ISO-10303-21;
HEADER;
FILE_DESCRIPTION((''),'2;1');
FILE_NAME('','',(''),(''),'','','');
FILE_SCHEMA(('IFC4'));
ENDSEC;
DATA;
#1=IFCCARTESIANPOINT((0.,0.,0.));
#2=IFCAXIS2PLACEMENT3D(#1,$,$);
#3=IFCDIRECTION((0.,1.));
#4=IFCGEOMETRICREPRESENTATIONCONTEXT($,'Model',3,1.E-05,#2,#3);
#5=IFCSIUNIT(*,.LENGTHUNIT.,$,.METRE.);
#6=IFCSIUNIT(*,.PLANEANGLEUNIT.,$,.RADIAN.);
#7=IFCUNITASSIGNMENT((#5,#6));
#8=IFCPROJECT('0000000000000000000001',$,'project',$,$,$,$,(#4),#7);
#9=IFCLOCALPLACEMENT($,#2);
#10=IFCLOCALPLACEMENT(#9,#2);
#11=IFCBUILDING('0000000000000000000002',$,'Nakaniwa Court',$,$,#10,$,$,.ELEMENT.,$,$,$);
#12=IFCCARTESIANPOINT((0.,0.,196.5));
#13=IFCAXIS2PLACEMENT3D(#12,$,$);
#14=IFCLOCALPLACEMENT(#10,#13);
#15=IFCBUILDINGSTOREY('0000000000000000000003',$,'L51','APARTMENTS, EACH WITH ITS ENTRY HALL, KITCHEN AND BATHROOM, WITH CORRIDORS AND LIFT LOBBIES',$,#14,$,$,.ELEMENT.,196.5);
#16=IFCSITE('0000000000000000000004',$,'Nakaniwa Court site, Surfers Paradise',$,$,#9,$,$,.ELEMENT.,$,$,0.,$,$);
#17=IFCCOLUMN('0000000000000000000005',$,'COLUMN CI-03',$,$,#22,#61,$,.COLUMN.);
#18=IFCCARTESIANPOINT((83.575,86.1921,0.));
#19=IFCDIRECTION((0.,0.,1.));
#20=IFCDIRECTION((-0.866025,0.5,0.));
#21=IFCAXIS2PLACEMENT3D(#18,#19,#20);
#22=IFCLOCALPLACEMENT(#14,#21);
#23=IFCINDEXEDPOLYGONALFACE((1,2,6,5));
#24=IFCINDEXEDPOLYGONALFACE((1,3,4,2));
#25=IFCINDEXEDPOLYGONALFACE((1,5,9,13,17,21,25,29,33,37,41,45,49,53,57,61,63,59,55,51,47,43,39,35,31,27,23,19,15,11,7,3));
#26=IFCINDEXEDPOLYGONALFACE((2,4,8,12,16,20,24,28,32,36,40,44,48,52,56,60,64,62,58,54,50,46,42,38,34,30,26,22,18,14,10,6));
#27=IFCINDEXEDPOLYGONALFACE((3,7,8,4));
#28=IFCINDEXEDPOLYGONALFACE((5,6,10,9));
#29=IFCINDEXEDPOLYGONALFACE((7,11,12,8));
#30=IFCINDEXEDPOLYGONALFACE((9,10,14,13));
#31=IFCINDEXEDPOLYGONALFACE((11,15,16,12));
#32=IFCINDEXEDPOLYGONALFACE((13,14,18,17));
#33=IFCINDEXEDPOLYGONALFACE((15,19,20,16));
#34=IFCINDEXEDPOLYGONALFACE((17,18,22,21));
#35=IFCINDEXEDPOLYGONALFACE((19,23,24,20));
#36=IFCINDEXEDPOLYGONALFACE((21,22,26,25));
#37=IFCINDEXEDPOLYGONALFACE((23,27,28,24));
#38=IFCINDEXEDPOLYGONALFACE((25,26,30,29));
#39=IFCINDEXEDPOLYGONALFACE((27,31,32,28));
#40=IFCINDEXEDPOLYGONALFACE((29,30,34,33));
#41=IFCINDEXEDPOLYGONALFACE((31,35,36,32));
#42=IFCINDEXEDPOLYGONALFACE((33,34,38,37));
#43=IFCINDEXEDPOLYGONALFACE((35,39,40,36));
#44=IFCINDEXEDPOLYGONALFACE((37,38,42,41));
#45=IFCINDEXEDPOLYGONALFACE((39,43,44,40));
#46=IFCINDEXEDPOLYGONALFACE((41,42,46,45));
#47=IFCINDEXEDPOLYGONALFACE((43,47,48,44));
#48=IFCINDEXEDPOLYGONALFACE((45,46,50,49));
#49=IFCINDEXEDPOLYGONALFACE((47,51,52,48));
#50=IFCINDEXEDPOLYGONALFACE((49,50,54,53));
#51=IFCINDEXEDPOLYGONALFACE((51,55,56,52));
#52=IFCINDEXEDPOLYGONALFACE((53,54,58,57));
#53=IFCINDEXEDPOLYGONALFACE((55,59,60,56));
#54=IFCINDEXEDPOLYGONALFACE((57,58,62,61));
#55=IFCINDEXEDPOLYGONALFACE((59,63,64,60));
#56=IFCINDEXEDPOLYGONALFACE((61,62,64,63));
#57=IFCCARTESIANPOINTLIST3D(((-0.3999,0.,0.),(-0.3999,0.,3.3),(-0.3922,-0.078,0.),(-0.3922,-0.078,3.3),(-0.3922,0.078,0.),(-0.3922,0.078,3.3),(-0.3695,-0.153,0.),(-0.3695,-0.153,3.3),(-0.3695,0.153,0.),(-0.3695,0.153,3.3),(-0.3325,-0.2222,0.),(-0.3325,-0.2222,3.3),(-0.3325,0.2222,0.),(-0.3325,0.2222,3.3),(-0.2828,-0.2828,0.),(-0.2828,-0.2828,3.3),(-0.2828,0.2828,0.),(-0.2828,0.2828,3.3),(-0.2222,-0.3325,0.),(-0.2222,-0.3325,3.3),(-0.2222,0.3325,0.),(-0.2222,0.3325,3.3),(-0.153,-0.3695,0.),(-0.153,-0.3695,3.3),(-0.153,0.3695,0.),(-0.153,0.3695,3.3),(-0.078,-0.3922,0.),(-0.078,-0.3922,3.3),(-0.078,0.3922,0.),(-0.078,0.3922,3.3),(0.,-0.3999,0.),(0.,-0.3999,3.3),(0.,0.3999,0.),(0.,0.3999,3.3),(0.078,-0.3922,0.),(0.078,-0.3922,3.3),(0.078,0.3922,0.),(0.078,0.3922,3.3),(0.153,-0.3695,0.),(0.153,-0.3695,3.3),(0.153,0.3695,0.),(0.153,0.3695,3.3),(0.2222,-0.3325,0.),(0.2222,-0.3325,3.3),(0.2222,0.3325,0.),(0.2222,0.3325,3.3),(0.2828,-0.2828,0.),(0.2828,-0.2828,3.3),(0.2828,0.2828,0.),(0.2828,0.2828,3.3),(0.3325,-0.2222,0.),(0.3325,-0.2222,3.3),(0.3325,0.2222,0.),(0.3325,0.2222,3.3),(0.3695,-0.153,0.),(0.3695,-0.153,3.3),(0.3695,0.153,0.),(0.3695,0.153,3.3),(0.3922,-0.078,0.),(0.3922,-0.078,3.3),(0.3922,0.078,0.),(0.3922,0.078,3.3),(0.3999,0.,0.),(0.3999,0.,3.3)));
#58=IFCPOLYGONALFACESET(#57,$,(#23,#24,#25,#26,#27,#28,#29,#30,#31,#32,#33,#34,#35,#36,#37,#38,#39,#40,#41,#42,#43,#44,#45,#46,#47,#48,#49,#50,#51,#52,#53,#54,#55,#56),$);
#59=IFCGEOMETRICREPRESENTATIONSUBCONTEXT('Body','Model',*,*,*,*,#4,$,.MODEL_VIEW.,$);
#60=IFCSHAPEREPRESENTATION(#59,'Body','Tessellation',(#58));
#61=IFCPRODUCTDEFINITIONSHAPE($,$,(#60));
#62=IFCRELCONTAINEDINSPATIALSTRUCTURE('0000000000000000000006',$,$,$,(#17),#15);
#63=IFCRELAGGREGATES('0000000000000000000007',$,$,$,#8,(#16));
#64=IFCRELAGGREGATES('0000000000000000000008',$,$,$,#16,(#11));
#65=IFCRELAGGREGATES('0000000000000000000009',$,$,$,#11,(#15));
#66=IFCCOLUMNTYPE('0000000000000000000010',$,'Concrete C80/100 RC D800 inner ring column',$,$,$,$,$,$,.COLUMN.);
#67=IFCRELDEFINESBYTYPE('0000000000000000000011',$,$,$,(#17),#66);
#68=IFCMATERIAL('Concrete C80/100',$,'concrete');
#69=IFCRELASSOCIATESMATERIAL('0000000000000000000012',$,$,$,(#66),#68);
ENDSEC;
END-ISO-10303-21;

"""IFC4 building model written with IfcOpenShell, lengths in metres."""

from ifc_helpers import new_model, si_unit, direction, frame, origin, origin_2d, place, context, subcontext, project, spatial, circle, extrude, material, material_profile, profile_set, type_object, element, save


model = new_model("IFC4")

# Units and contexts
model_context = context("Model", 3, precision=1e-05, world=origin(), true_north=direction((0.0, 1.0)))
body_context = subcontext(model_context, "Body", "Model", "MODEL_VIEW")
ifc_project = project(units=[si_unit("LENGTHUNIT", "METRE"), si_unit("PLANEANGLEUNIT", "RADIAN")], contexts=[model_context])

# Site, building, storey
site_placement = place(None, origin())
site = spatial("IfcSite", under=ifc_project, at=site_placement, Name="Nakaniwa Court site, Surfers Paradise", CompositionType="ELEMENT", RefElevation=0.0)
building_placement = place(site_placement, origin())
building = spatial("IfcBuilding", under=site, at=building_placement, Name="Nakaniwa Court", CompositionType="ELEMENT")
storey_placement = place(building_placement, frame((0.0, 0.0, 196.5)))
storey = spatial("IfcBuildingStorey", under=building, at=storey_placement, Name="L51", Description="APARTMENTS, EACH WITH ITS ENTRY HALL, KITCHEN AND BATHROOM, WITH CORRIDORS AND LIFT LOBBIES", CompositionType="ELEMENT", Elevation=196.5)

# Column
ifc_material_1 = material(Name="Concrete C80/100", Category="concrete")
ifc_material_profile_1 = material_profile(ifc_material_1, circle(Radius=0.3999, at=origin_2d()), Name="Concrete C80/100 RC D800 inner ring column")
ifc_profile_set_1 = profile_set([ifc_material_profile_1], Name="Concrete C80/100")
column_type_1 = type_object("IfcColumnType", Name="Concrete C80/100 RC D800 inner ring column", PredefinedType="COLUMN", material=ifc_profile_set_1)
column_1_placement = place(storey_placement, frame((83.575, 86.1921, 0.0), z_axis=(0.0, 0.0, 1.0), x_axis=(-0.866025, 0.5, 0.0)))
element("IfcColumn", 1, at=column_1_placement, inside=storey, type_object=column_type_1, Name="COLUMN CI-03", PredefinedType="COLUMN", context=body_context, shape_type="SweptSolid", body=[
    extrude(circle(Radius=0.3999, at=origin_2d()), origin(), (0.0, 0.0, 1.0), 3.3),
])

save(model, "model.ifc")
